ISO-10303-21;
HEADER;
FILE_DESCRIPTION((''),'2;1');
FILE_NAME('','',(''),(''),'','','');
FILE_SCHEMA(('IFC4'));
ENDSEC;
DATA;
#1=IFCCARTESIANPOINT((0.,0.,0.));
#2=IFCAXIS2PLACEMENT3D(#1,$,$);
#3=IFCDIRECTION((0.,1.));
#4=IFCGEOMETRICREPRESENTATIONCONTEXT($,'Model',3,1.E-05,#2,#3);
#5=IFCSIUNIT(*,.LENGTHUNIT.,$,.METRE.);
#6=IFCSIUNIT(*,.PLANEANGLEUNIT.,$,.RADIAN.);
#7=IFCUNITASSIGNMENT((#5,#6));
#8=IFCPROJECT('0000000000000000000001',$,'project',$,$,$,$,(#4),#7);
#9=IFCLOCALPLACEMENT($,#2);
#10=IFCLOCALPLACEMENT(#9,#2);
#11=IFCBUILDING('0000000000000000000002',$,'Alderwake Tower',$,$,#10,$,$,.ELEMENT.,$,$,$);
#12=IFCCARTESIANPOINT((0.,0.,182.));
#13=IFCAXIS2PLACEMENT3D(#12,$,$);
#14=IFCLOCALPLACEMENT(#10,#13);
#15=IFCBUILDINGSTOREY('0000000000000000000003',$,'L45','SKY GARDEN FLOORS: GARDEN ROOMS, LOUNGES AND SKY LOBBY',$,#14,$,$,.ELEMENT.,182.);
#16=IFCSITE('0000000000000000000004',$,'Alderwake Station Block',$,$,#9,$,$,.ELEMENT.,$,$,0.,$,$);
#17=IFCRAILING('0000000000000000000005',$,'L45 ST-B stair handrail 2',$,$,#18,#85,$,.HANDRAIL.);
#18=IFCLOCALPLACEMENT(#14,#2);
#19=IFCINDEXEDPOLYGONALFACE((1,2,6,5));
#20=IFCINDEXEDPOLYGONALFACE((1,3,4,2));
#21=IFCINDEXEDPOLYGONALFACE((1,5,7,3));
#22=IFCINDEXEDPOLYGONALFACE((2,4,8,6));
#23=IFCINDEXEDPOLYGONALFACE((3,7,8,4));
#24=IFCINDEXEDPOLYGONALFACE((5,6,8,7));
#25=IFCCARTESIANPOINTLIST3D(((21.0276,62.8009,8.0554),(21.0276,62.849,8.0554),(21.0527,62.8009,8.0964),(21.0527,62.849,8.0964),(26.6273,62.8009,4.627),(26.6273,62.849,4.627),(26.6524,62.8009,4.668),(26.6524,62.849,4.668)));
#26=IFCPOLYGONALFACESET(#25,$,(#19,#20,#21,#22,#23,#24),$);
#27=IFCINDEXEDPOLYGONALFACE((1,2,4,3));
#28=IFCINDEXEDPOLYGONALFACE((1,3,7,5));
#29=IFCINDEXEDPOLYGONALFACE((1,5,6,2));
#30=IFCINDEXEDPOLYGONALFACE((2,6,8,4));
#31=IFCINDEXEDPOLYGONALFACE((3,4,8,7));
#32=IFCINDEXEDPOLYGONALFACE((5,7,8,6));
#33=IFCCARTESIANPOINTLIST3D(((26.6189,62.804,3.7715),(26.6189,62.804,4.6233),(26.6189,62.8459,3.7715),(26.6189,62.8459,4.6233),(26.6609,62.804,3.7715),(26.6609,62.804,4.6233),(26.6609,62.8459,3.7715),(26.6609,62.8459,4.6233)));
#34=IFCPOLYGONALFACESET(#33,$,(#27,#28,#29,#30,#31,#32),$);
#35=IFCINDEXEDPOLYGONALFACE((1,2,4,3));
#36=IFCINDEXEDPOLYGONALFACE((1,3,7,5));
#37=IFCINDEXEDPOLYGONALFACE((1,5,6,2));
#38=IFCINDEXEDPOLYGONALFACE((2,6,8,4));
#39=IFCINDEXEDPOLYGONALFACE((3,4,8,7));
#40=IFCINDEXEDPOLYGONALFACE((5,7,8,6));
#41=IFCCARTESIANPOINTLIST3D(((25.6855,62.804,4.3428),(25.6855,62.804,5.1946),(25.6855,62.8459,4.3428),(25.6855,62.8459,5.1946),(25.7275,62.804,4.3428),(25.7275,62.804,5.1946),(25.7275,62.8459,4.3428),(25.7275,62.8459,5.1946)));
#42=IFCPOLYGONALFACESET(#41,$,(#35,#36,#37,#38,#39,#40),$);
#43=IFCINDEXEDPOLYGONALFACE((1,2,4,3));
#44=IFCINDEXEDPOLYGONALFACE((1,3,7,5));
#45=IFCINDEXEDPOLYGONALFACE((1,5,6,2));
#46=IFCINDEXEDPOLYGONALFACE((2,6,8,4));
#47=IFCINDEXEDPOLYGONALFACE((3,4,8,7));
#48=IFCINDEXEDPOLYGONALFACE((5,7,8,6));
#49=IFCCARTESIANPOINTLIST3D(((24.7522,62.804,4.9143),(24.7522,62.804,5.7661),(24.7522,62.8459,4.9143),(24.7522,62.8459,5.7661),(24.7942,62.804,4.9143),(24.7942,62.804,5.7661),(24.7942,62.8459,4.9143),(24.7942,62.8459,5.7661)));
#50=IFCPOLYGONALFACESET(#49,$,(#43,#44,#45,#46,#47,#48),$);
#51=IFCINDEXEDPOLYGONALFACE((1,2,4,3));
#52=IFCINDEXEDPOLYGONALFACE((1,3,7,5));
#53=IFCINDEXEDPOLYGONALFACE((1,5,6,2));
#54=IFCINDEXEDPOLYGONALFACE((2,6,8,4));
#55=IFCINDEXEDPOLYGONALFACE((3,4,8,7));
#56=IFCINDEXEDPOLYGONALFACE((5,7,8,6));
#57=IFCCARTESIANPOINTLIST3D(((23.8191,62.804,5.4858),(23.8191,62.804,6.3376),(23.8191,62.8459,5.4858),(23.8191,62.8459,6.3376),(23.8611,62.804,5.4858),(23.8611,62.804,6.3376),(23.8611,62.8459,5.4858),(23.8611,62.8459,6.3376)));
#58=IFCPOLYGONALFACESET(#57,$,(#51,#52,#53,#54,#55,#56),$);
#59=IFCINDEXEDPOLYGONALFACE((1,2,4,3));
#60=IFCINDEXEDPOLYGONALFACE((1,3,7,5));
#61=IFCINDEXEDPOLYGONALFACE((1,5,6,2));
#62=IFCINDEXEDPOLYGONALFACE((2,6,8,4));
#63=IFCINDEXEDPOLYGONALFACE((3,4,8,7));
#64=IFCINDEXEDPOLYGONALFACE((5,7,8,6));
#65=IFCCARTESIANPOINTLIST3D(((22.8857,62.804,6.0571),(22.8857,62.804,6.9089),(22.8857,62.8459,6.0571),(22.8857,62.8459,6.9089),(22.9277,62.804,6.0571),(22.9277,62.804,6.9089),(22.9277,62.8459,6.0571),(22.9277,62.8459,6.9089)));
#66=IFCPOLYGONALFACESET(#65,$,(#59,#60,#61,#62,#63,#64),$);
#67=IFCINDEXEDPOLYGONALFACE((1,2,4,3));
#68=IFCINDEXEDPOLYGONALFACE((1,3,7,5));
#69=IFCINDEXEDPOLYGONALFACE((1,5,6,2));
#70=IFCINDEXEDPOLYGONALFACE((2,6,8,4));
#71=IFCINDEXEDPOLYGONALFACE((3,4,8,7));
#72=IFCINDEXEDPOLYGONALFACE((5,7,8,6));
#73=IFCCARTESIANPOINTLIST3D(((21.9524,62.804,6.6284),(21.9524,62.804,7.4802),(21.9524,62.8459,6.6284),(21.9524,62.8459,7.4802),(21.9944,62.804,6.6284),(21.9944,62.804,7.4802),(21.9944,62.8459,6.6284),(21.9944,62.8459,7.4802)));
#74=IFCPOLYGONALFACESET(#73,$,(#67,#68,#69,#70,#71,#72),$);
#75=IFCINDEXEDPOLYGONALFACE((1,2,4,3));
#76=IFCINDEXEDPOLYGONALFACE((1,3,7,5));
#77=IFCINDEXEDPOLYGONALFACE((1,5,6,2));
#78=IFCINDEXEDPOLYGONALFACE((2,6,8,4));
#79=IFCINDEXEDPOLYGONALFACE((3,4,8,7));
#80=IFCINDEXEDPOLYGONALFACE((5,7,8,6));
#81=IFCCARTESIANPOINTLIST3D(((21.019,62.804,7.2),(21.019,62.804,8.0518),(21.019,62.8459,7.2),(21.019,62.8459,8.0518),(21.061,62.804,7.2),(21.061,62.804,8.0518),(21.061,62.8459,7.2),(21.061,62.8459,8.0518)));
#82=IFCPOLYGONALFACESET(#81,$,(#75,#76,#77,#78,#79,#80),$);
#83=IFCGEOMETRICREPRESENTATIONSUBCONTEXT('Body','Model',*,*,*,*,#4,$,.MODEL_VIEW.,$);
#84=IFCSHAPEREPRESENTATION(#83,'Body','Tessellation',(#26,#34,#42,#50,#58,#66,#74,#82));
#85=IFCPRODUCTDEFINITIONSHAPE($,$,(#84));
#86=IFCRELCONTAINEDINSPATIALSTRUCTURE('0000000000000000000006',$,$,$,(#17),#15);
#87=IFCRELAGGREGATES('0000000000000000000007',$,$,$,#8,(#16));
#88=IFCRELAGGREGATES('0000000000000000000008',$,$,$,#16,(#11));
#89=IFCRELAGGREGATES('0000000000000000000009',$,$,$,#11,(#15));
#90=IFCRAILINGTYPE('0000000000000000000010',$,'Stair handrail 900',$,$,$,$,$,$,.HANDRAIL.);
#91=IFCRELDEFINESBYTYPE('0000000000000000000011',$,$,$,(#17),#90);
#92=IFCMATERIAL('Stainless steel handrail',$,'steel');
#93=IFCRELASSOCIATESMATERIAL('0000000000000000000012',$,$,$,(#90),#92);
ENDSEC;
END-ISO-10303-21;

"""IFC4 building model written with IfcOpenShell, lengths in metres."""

from ifc_helpers import new_model, si_unit, direction, frame, origin, origin_2d, place, context, subcontext, project, spatial, rectangle, extrude, material, type_object, element, save


model = new_model("IFC4")

# Units and contexts
model_context = context("Model", 3, precision=1e-05, world=origin(), true_north=direction((0.0, 1.0)))
body_context = subcontext(model_context, "Body", "Model", "MODEL_VIEW")
ifc_project = project(units=[si_unit("LENGTHUNIT", "METRE"), si_unit("PLANEANGLEUNIT", "RADIAN")], contexts=[model_context])

# Site, building, storey
site_placement = place(None, origin())
site = spatial("IfcSite", under=ifc_project, at=site_placement, Name="Alderwake Station Block", CompositionType="ELEMENT", RefElevation=0.0)
building_placement = place(site_placement, origin())
building = spatial("IfcBuilding", under=site, at=building_placement, Name="Alderwake Tower", CompositionType="ELEMENT")
storey_placement = place(building_placement, frame((0.0, 0.0, 182.0)))
storey = spatial("IfcBuildingStorey", under=building, at=storey_placement, Name="L45", Description="SKY GARDEN FLOORS: GARDEN ROOMS, LOUNGES AND SKY LOBBY", CompositionType="ELEMENT", Elevation=182.0)

# Railing
ifc_material_1 = material(Name="Stainless steel handrail", Category="steel")
railing_type = type_object("IfcRailingType", Name="Stair handrail 900", PredefinedType="HANDRAIL", material=ifc_material_1)
railing_placement = place(storey_placement, frame((26.6399, 62.825, 3.7715)))
element("IfcRailing", 1, at=railing_placement, inside=storey, type_object=railing_type, Name="L45 ST-B stair handrail 2", PredefinedType="HANDRAIL", context=body_context, shape_type="SweptSolid", body=[
    extrude(rectangle(XDim=0.0481, YDim=0.0481, at=origin_2d()), frame((0.0, 0.0, 0.876), z_axis=(-0.852852, 0.0, 0.522152), x_axis=(0.0, -1.0, 0.0)), (0.0, 0.0, 1.0), 6.5659),
    extrude(rectangle(XDim=0.042, YDim=0.042, at=origin_2d()), frame((0.0, 0.0, 0.0), z_axis=(0.0, 0.0, 1.0), x_axis=(-1.0, 0.0, 0.0)), (0.0, 0.0, 1.0), 0.8518),
    extrude(rectangle(XDim=0.042, YDim=0.042, at=origin_2d()), frame((-0.9333, 0.0, 0.5713), z_axis=(0.0, 0.0, 1.0), x_axis=(-1.0, 0.0, 0.0)), (0.0, 0.0, 1.0), 0.8518),
    extrude(rectangle(XDim=0.042, YDim=0.042, at=origin_2d()), frame((-1.8667, 0.0, 1.1428), z_axis=(0.0, 0.0, 1.0), x_axis=(-1.0, 0.0, 0.0)), (0.0, 0.0, 1.0), 0.8518),
    extrude(rectangle(XDim=0.042, YDim=0.042, at=origin_2d()), frame((-2.7998, 0.0, 1.7144), z_axis=(0.0, 0.0, 1.0), x_axis=(-1.0, 0.0, 0.0)), (0.0, 0.0, 1.0), 0.8518),
    extrude(rectangle(XDim=0.042, YDim=0.042, at=origin_2d()), frame((-3.7332, 0.0, 2.2856), z_axis=(0.0, 0.0, 1.0), x_axis=(-1.0, 0.0, 0.0)), (0.0, 0.0, 1.0), 0.8518),
    extrude(rectangle(XDim=0.042, YDim=0.042, at=origin_2d()), frame((-4.6665, 0.0, 2.8569), z_axis=(0.0, 0.0, 1.0), x_axis=(-1.0, 0.0, 0.0)), (0.0, 0.0, 1.0), 0.8518),
    extrude(rectangle(XDim=0.042, YDim=0.042, at=origin_2d()), frame((-5.5999, 0.0, 3.4285), z_axis=(0.0, 0.0, 1.0), x_axis=(-1.0, 0.0, 0.0)), (0.0, 0.0, 1.0), 0.8518),
])

save(model, "model.ifc")
